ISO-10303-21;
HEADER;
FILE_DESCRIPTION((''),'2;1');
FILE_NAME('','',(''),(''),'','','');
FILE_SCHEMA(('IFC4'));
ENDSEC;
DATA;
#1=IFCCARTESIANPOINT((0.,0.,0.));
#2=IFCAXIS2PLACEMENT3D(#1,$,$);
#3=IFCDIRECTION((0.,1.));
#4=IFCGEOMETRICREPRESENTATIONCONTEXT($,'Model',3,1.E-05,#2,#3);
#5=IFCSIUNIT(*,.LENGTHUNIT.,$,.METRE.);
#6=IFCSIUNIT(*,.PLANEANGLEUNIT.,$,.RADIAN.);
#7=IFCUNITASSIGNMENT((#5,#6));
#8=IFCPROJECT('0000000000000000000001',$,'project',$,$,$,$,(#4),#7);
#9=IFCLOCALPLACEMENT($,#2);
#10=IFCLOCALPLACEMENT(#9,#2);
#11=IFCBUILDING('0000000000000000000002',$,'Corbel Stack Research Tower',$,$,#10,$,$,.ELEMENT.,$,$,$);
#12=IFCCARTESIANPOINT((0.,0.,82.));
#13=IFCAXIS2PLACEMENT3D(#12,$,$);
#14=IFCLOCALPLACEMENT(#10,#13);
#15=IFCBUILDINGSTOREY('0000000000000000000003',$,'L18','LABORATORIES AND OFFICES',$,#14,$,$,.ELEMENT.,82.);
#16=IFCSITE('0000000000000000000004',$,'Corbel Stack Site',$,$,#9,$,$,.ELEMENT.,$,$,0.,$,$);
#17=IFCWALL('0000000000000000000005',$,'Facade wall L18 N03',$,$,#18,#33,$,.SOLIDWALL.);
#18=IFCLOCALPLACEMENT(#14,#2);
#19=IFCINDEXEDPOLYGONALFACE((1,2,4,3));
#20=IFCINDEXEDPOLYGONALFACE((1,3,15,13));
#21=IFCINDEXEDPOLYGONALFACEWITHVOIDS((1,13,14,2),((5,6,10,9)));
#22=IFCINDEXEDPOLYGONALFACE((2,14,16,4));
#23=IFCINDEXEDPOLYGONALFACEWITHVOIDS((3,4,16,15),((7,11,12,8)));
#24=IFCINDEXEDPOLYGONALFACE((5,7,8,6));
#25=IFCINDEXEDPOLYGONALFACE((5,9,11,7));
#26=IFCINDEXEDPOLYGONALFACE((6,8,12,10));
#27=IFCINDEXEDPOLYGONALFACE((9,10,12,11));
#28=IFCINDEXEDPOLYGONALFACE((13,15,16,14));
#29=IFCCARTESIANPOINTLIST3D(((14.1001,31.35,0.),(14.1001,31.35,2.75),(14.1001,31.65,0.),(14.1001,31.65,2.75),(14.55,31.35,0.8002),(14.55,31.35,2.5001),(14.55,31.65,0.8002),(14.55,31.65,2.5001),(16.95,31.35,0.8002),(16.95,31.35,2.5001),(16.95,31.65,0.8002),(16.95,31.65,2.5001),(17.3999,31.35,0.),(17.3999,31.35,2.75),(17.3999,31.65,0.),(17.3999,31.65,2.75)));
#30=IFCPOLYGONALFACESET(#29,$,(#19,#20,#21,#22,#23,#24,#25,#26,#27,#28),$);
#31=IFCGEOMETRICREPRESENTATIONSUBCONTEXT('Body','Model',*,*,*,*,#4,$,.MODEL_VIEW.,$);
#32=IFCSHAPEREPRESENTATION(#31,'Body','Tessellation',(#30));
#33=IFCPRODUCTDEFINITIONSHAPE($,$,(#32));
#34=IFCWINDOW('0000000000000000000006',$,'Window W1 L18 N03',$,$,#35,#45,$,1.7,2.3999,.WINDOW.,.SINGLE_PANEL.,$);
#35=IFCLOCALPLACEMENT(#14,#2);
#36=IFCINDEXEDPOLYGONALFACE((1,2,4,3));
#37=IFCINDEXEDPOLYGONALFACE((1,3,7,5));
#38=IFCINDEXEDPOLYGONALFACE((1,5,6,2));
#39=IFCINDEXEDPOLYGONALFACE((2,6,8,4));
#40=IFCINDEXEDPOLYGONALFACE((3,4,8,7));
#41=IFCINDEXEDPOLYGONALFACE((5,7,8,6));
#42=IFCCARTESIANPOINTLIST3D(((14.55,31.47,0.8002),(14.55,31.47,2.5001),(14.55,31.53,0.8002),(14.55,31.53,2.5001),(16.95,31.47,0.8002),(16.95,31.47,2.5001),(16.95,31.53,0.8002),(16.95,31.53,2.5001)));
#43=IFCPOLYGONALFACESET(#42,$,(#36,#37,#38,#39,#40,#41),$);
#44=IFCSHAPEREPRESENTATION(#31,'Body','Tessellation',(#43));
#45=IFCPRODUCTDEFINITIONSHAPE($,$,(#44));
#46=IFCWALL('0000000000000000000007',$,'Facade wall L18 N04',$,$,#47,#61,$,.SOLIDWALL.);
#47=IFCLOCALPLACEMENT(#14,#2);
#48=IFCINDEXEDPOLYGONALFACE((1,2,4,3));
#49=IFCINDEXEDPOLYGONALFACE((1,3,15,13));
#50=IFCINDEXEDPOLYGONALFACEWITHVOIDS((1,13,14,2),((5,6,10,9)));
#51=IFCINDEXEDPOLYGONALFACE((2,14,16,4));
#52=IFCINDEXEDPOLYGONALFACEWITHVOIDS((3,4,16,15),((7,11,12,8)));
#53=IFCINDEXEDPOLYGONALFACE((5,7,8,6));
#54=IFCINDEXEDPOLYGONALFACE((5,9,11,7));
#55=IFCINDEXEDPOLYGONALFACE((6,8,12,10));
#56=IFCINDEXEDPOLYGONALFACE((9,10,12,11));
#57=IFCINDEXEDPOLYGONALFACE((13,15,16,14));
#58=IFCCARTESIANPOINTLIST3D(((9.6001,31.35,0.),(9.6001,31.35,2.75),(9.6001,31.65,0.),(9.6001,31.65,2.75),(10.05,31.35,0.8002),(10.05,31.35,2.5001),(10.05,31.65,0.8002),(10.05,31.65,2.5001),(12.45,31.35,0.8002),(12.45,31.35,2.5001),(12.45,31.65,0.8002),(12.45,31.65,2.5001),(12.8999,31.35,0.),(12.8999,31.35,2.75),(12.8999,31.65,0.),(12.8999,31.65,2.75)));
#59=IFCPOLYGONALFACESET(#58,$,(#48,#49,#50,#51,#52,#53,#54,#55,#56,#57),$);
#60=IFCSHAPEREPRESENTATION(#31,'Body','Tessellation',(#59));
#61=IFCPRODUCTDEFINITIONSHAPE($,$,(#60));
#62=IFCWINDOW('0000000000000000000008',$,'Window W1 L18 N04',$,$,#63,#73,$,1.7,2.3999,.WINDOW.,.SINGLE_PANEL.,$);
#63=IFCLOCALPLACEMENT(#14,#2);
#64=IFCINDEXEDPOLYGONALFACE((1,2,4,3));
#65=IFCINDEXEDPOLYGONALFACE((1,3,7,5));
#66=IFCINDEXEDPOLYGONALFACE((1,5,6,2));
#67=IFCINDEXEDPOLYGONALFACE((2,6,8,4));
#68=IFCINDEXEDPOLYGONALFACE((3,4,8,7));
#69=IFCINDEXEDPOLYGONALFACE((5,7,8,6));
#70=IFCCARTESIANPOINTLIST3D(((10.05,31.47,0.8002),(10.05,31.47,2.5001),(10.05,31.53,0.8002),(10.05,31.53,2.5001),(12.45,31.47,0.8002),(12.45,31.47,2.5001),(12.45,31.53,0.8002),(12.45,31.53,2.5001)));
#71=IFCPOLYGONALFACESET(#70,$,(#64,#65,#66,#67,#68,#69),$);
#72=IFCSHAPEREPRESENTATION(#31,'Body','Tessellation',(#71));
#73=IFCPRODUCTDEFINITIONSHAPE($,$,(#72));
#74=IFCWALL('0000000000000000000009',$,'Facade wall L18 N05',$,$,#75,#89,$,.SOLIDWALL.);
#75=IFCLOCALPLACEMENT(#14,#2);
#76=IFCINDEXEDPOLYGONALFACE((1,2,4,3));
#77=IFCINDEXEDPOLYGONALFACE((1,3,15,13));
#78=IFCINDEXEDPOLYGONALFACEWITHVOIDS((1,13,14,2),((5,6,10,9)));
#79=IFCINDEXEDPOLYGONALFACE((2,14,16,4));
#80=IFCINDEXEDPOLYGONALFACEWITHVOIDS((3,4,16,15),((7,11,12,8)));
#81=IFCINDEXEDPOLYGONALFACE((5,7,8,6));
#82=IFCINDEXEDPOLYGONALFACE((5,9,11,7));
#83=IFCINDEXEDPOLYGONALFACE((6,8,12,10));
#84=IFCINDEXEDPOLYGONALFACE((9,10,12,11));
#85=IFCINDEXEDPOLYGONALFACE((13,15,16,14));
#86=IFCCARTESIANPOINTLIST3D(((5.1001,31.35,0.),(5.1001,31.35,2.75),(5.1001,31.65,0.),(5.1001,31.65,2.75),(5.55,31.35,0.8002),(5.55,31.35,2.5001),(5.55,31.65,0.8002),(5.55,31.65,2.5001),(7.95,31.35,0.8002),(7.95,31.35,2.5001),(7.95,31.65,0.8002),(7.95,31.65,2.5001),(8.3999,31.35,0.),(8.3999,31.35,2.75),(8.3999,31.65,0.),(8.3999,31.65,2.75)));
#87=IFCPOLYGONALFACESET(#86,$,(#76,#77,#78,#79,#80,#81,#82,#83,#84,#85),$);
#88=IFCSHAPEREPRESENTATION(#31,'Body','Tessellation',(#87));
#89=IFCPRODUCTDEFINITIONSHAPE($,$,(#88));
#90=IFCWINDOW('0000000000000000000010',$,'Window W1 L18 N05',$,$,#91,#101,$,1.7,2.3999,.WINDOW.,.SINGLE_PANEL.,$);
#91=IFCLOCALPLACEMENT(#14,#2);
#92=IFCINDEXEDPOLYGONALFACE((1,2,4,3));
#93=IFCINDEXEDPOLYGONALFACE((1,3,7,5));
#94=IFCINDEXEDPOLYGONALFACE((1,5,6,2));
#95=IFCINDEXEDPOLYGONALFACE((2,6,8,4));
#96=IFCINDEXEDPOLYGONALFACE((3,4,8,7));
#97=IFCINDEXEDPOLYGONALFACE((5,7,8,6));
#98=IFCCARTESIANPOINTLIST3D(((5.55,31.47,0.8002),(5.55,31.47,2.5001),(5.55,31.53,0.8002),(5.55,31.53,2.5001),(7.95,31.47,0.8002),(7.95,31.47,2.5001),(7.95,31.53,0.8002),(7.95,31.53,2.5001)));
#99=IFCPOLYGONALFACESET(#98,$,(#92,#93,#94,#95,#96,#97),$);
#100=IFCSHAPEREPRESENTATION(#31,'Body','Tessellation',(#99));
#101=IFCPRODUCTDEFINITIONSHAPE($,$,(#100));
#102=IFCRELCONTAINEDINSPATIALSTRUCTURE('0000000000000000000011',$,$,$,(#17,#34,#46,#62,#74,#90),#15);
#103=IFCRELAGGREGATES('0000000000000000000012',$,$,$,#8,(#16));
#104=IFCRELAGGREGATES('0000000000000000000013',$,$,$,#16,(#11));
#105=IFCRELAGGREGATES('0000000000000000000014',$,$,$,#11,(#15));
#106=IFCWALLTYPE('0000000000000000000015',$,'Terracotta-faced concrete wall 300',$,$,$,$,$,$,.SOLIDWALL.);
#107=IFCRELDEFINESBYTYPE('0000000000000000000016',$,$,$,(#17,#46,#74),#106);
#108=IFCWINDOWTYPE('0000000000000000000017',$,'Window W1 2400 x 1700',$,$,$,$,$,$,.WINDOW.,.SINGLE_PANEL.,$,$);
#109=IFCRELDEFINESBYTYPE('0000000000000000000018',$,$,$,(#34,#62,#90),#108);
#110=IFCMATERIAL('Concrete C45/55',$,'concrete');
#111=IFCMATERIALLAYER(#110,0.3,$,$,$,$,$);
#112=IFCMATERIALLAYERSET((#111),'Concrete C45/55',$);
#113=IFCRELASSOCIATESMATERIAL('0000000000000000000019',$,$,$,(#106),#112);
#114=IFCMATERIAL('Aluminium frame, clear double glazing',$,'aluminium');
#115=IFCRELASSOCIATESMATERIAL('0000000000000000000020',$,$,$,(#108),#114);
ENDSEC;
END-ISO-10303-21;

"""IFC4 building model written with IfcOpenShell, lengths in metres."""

from ifc_helpers import new_model, si_unit, direction, frame, frame_2d, origin, place, context, subcontext, project, spatial, rectangle, extrude, material, layer, layer_set, type_object, element, fill, save


model = new_model("IFC4")

# Units and contexts
model_context = context("Model", 3, precision=1e-05, world=origin(), true_north=direction((0.0, 1.0)))
body_context = subcontext(model_context, "Body", "Model", "MODEL_VIEW")
ifc_project = project(units=[si_unit("LENGTHUNIT", "METRE"), si_unit("PLANEANGLEUNIT", "RADIAN")], contexts=[model_context])

# Site, building, storey
site_placement = place(None, origin())
site = spatial("IfcSite", under=ifc_project, at=site_placement, Name="Corbel Stack Site", CompositionType="ELEMENT", RefElevation=0.0)
building_placement = place(site_placement, origin())
building = spatial("IfcBuilding", under=site, at=building_placement, Name="Corbel Stack Research Tower", CompositionType="ELEMENT")
storey_placement = place(building_placement, frame((0.0, 0.0, 82.0)))
storey = spatial("IfcBuildingStorey", under=building, at=storey_placement, Name="L18", Description="LABORATORIES AND OFFICES", CompositionType="ELEMENT", Elevation=82.0)

# Walls, openings, windows
ifc_material_1 = material(Name="Concrete C45/55", Category="concrete")
ifc_layer_1 = layer(ifc_material_1, 0.3)
ifc_layer_set_1 = layer_set([ifc_layer_1], Name="Concrete C45/55")
wall_type_1 = type_object("IfcWallType", Name="Terracotta-faced concrete wall 300", PredefinedType="SOLIDWALL", material=ifc_layer_set_1)
wall_1_placement = place(storey_placement, frame((14.1001, 31.5, 0.0), z_axis=(0.0, 0.0, 1.0), x_axis=(1.0, 0.0, 0.0)))
wall_1 = element("IfcWall", 1, at=wall_1_placement, inside=storey, type_object=wall_type_1, Name="Facade wall L18 N03", PredefinedType="SOLIDWALL", context=body_context, shape_type="SweptSolid", body=[
    extrude(rectangle(XDim=3.2998, YDim=0.3, at=frame_2d((1.6499, 0.0))), origin(), (0.0, 0.0, 1.0), 2.75),
])
opening_1_placement = place(wall_1_placement, frame((0.45, 0.0, 0.8)))
opening_1 = element("IfcOpeningElement", 2, at=opening_1_placement, cuts=wall_1, PredefinedType="OPENING", context=body_context, shape_type="SweptSolid", body=[
    extrude(rectangle(XDim=2.3999, YDim=1.7, at=frame_2d((1.2, 0.8501))), frame((0.0, 0.1599, 0.0), z_axis=(0.0, -1.0, 0.0), x_axis=(1.0, 0.0, 0.0)), (0.0, 0.0, 1.0), 0.3201),
])
ifc_material_2 = material(Name="Aluminium frame, clear double glazing", Category="aluminium")
window_type = type_object("IfcWindowType", Name="Window W1 2400 x 1700", PartitioningType="SINGLE_PANEL", PredefinedType="WINDOW", material=ifc_material_2)
window_1_placement = place(opening_1_placement, origin())
window_1 = element("IfcWindow", 3, at=window_1_placement, inside=storey, type_object=window_type, Name="Window W1 L18 N03", OverallHeight=1.7, OverallWidth=2.3999, PartitioningType="SINGLE_PANEL", PredefinedType="WINDOW", context=body_context, shape_type="SweptSolid", body=[
    extrude(rectangle(XDim=2.3999, YDim=1.7, at=frame_2d((1.2, 0.8501))), frame((0.0, 0.03, 0.0), z_axis=(0.0, -1.0, 0.0), x_axis=(1.0, 0.0, 0.0)), (0.0, 0.0, 1.0), 0.0601),
])
fill(opening_1, window_1)
wall_2_placement = place(storey_placement, frame((9.6001, 31.5, 0.0), z_axis=(0.0, 0.0, 1.0), x_axis=(1.0, 0.0, 0.0)))
wall_2 = element("IfcWall", 4, at=wall_2_placement, inside=storey, type_object=wall_type_1, Name="Facade wall L18 N04", PredefinedType="SOLIDWALL", context=body_context, shape_type="SweptSolid", body=[
    extrude(rectangle(XDim=3.2998, YDim=0.3, at=frame_2d((1.6499, 0.0))), origin(), (0.0, 0.0, 1.0), 2.75),
])
opening_2_placement = place(wall_2_placement, frame((0.45, 0.0, 0.8)))
opening_2 = element("IfcOpeningElement", 5, at=opening_2_placement, cuts=wall_2, PredefinedType="OPENING", context=body_context, shape_type="SweptSolid", body=[
    extrude(rectangle(XDim=2.3999, YDim=1.7, at=frame_2d((1.2, 0.8501))), frame((0.0, 0.1599, 0.0), z_axis=(0.0, -1.0, 0.0), x_axis=(1.0, 0.0, 0.0)), (0.0, 0.0, 1.0), 0.3201),
])
window_2_placement = place(opening_2_placement, origin())
window_2 = element("IfcWindow", 6, at=window_2_placement, inside=storey, type_object=window_type, Name="Window W1 L18 N04", OverallHeight=1.7, OverallWidth=2.3999, PartitioningType="SINGLE_PANEL", PredefinedType="WINDOW", context=body_context, shape_type="SweptSolid", body=[
    extrude(rectangle(XDim=2.3999, YDim=1.7, at=frame_2d((1.2, 0.8501))), frame((0.0, 0.03, 0.0), z_axis=(0.0, -1.0, 0.0), x_axis=(1.0, 0.0, 0.0)), (0.0, 0.0, 1.0), 0.0601),
])
fill(opening_2, window_2)
wall_3_placement = place(storey_placement, frame((5.1001, 31.5, 0.0), z_axis=(0.0, 0.0, 1.0), x_axis=(1.0, 0.0, 0.0)))
wall_3 = element("IfcWall", 7, at=wall_3_placement, inside=storey, type_object=wall_type_1, Name="Facade wall L18 N05", PredefinedType="SOLIDWALL", context=body_context, shape_type="SweptSolid", body=[
    extrude(rectangle(XDim=3.2998, YDim=0.3, at=frame_2d((1.6499, 0.0))), origin(), (0.0, 0.0, 1.0), 2.75),
])
opening_3_placement = place(wall_3_placement, frame((0.45, 0.0, 0.8)))
opening_3 = element("IfcOpeningElement", 8, at=opening_3_placement, cuts=wall_3, PredefinedType="OPENING", context=body_context, shape_type="SweptSolid", body=[
    extrude(rectangle(XDim=2.3999, YDim=1.7, at=frame_2d((1.2, 0.8501))), frame((0.0, 0.1599, 0.0), z_axis=(0.0, -1.0, 0.0), x_axis=(1.0, 0.0, 0.0)), (0.0, 0.0, 1.0), 0.3201),
])
window_3_placement = place(opening_3_placement, origin())
window_3 = element("IfcWindow", 9, at=window_3_placement, inside=storey, type_object=window_type, Name="Window W1 L18 N05", OverallHeight=1.7, OverallWidth=2.3999, PartitioningType="SINGLE_PANEL", PredefinedType="WINDOW", context=body_context, shape_type="SweptSolid", body=[
    extrude(rectangle(XDim=2.3999, YDim=1.7, at=frame_2d((1.2, 0.8501))), frame((0.0, 0.03, 0.0), z_axis=(0.0, -1.0, 0.0), x_axis=(1.0, 0.0, 0.0)), (0.0, 0.0, 1.0), 0.0601),
])
fill(opening_3, window_3)

save(model, "model.ifc")
